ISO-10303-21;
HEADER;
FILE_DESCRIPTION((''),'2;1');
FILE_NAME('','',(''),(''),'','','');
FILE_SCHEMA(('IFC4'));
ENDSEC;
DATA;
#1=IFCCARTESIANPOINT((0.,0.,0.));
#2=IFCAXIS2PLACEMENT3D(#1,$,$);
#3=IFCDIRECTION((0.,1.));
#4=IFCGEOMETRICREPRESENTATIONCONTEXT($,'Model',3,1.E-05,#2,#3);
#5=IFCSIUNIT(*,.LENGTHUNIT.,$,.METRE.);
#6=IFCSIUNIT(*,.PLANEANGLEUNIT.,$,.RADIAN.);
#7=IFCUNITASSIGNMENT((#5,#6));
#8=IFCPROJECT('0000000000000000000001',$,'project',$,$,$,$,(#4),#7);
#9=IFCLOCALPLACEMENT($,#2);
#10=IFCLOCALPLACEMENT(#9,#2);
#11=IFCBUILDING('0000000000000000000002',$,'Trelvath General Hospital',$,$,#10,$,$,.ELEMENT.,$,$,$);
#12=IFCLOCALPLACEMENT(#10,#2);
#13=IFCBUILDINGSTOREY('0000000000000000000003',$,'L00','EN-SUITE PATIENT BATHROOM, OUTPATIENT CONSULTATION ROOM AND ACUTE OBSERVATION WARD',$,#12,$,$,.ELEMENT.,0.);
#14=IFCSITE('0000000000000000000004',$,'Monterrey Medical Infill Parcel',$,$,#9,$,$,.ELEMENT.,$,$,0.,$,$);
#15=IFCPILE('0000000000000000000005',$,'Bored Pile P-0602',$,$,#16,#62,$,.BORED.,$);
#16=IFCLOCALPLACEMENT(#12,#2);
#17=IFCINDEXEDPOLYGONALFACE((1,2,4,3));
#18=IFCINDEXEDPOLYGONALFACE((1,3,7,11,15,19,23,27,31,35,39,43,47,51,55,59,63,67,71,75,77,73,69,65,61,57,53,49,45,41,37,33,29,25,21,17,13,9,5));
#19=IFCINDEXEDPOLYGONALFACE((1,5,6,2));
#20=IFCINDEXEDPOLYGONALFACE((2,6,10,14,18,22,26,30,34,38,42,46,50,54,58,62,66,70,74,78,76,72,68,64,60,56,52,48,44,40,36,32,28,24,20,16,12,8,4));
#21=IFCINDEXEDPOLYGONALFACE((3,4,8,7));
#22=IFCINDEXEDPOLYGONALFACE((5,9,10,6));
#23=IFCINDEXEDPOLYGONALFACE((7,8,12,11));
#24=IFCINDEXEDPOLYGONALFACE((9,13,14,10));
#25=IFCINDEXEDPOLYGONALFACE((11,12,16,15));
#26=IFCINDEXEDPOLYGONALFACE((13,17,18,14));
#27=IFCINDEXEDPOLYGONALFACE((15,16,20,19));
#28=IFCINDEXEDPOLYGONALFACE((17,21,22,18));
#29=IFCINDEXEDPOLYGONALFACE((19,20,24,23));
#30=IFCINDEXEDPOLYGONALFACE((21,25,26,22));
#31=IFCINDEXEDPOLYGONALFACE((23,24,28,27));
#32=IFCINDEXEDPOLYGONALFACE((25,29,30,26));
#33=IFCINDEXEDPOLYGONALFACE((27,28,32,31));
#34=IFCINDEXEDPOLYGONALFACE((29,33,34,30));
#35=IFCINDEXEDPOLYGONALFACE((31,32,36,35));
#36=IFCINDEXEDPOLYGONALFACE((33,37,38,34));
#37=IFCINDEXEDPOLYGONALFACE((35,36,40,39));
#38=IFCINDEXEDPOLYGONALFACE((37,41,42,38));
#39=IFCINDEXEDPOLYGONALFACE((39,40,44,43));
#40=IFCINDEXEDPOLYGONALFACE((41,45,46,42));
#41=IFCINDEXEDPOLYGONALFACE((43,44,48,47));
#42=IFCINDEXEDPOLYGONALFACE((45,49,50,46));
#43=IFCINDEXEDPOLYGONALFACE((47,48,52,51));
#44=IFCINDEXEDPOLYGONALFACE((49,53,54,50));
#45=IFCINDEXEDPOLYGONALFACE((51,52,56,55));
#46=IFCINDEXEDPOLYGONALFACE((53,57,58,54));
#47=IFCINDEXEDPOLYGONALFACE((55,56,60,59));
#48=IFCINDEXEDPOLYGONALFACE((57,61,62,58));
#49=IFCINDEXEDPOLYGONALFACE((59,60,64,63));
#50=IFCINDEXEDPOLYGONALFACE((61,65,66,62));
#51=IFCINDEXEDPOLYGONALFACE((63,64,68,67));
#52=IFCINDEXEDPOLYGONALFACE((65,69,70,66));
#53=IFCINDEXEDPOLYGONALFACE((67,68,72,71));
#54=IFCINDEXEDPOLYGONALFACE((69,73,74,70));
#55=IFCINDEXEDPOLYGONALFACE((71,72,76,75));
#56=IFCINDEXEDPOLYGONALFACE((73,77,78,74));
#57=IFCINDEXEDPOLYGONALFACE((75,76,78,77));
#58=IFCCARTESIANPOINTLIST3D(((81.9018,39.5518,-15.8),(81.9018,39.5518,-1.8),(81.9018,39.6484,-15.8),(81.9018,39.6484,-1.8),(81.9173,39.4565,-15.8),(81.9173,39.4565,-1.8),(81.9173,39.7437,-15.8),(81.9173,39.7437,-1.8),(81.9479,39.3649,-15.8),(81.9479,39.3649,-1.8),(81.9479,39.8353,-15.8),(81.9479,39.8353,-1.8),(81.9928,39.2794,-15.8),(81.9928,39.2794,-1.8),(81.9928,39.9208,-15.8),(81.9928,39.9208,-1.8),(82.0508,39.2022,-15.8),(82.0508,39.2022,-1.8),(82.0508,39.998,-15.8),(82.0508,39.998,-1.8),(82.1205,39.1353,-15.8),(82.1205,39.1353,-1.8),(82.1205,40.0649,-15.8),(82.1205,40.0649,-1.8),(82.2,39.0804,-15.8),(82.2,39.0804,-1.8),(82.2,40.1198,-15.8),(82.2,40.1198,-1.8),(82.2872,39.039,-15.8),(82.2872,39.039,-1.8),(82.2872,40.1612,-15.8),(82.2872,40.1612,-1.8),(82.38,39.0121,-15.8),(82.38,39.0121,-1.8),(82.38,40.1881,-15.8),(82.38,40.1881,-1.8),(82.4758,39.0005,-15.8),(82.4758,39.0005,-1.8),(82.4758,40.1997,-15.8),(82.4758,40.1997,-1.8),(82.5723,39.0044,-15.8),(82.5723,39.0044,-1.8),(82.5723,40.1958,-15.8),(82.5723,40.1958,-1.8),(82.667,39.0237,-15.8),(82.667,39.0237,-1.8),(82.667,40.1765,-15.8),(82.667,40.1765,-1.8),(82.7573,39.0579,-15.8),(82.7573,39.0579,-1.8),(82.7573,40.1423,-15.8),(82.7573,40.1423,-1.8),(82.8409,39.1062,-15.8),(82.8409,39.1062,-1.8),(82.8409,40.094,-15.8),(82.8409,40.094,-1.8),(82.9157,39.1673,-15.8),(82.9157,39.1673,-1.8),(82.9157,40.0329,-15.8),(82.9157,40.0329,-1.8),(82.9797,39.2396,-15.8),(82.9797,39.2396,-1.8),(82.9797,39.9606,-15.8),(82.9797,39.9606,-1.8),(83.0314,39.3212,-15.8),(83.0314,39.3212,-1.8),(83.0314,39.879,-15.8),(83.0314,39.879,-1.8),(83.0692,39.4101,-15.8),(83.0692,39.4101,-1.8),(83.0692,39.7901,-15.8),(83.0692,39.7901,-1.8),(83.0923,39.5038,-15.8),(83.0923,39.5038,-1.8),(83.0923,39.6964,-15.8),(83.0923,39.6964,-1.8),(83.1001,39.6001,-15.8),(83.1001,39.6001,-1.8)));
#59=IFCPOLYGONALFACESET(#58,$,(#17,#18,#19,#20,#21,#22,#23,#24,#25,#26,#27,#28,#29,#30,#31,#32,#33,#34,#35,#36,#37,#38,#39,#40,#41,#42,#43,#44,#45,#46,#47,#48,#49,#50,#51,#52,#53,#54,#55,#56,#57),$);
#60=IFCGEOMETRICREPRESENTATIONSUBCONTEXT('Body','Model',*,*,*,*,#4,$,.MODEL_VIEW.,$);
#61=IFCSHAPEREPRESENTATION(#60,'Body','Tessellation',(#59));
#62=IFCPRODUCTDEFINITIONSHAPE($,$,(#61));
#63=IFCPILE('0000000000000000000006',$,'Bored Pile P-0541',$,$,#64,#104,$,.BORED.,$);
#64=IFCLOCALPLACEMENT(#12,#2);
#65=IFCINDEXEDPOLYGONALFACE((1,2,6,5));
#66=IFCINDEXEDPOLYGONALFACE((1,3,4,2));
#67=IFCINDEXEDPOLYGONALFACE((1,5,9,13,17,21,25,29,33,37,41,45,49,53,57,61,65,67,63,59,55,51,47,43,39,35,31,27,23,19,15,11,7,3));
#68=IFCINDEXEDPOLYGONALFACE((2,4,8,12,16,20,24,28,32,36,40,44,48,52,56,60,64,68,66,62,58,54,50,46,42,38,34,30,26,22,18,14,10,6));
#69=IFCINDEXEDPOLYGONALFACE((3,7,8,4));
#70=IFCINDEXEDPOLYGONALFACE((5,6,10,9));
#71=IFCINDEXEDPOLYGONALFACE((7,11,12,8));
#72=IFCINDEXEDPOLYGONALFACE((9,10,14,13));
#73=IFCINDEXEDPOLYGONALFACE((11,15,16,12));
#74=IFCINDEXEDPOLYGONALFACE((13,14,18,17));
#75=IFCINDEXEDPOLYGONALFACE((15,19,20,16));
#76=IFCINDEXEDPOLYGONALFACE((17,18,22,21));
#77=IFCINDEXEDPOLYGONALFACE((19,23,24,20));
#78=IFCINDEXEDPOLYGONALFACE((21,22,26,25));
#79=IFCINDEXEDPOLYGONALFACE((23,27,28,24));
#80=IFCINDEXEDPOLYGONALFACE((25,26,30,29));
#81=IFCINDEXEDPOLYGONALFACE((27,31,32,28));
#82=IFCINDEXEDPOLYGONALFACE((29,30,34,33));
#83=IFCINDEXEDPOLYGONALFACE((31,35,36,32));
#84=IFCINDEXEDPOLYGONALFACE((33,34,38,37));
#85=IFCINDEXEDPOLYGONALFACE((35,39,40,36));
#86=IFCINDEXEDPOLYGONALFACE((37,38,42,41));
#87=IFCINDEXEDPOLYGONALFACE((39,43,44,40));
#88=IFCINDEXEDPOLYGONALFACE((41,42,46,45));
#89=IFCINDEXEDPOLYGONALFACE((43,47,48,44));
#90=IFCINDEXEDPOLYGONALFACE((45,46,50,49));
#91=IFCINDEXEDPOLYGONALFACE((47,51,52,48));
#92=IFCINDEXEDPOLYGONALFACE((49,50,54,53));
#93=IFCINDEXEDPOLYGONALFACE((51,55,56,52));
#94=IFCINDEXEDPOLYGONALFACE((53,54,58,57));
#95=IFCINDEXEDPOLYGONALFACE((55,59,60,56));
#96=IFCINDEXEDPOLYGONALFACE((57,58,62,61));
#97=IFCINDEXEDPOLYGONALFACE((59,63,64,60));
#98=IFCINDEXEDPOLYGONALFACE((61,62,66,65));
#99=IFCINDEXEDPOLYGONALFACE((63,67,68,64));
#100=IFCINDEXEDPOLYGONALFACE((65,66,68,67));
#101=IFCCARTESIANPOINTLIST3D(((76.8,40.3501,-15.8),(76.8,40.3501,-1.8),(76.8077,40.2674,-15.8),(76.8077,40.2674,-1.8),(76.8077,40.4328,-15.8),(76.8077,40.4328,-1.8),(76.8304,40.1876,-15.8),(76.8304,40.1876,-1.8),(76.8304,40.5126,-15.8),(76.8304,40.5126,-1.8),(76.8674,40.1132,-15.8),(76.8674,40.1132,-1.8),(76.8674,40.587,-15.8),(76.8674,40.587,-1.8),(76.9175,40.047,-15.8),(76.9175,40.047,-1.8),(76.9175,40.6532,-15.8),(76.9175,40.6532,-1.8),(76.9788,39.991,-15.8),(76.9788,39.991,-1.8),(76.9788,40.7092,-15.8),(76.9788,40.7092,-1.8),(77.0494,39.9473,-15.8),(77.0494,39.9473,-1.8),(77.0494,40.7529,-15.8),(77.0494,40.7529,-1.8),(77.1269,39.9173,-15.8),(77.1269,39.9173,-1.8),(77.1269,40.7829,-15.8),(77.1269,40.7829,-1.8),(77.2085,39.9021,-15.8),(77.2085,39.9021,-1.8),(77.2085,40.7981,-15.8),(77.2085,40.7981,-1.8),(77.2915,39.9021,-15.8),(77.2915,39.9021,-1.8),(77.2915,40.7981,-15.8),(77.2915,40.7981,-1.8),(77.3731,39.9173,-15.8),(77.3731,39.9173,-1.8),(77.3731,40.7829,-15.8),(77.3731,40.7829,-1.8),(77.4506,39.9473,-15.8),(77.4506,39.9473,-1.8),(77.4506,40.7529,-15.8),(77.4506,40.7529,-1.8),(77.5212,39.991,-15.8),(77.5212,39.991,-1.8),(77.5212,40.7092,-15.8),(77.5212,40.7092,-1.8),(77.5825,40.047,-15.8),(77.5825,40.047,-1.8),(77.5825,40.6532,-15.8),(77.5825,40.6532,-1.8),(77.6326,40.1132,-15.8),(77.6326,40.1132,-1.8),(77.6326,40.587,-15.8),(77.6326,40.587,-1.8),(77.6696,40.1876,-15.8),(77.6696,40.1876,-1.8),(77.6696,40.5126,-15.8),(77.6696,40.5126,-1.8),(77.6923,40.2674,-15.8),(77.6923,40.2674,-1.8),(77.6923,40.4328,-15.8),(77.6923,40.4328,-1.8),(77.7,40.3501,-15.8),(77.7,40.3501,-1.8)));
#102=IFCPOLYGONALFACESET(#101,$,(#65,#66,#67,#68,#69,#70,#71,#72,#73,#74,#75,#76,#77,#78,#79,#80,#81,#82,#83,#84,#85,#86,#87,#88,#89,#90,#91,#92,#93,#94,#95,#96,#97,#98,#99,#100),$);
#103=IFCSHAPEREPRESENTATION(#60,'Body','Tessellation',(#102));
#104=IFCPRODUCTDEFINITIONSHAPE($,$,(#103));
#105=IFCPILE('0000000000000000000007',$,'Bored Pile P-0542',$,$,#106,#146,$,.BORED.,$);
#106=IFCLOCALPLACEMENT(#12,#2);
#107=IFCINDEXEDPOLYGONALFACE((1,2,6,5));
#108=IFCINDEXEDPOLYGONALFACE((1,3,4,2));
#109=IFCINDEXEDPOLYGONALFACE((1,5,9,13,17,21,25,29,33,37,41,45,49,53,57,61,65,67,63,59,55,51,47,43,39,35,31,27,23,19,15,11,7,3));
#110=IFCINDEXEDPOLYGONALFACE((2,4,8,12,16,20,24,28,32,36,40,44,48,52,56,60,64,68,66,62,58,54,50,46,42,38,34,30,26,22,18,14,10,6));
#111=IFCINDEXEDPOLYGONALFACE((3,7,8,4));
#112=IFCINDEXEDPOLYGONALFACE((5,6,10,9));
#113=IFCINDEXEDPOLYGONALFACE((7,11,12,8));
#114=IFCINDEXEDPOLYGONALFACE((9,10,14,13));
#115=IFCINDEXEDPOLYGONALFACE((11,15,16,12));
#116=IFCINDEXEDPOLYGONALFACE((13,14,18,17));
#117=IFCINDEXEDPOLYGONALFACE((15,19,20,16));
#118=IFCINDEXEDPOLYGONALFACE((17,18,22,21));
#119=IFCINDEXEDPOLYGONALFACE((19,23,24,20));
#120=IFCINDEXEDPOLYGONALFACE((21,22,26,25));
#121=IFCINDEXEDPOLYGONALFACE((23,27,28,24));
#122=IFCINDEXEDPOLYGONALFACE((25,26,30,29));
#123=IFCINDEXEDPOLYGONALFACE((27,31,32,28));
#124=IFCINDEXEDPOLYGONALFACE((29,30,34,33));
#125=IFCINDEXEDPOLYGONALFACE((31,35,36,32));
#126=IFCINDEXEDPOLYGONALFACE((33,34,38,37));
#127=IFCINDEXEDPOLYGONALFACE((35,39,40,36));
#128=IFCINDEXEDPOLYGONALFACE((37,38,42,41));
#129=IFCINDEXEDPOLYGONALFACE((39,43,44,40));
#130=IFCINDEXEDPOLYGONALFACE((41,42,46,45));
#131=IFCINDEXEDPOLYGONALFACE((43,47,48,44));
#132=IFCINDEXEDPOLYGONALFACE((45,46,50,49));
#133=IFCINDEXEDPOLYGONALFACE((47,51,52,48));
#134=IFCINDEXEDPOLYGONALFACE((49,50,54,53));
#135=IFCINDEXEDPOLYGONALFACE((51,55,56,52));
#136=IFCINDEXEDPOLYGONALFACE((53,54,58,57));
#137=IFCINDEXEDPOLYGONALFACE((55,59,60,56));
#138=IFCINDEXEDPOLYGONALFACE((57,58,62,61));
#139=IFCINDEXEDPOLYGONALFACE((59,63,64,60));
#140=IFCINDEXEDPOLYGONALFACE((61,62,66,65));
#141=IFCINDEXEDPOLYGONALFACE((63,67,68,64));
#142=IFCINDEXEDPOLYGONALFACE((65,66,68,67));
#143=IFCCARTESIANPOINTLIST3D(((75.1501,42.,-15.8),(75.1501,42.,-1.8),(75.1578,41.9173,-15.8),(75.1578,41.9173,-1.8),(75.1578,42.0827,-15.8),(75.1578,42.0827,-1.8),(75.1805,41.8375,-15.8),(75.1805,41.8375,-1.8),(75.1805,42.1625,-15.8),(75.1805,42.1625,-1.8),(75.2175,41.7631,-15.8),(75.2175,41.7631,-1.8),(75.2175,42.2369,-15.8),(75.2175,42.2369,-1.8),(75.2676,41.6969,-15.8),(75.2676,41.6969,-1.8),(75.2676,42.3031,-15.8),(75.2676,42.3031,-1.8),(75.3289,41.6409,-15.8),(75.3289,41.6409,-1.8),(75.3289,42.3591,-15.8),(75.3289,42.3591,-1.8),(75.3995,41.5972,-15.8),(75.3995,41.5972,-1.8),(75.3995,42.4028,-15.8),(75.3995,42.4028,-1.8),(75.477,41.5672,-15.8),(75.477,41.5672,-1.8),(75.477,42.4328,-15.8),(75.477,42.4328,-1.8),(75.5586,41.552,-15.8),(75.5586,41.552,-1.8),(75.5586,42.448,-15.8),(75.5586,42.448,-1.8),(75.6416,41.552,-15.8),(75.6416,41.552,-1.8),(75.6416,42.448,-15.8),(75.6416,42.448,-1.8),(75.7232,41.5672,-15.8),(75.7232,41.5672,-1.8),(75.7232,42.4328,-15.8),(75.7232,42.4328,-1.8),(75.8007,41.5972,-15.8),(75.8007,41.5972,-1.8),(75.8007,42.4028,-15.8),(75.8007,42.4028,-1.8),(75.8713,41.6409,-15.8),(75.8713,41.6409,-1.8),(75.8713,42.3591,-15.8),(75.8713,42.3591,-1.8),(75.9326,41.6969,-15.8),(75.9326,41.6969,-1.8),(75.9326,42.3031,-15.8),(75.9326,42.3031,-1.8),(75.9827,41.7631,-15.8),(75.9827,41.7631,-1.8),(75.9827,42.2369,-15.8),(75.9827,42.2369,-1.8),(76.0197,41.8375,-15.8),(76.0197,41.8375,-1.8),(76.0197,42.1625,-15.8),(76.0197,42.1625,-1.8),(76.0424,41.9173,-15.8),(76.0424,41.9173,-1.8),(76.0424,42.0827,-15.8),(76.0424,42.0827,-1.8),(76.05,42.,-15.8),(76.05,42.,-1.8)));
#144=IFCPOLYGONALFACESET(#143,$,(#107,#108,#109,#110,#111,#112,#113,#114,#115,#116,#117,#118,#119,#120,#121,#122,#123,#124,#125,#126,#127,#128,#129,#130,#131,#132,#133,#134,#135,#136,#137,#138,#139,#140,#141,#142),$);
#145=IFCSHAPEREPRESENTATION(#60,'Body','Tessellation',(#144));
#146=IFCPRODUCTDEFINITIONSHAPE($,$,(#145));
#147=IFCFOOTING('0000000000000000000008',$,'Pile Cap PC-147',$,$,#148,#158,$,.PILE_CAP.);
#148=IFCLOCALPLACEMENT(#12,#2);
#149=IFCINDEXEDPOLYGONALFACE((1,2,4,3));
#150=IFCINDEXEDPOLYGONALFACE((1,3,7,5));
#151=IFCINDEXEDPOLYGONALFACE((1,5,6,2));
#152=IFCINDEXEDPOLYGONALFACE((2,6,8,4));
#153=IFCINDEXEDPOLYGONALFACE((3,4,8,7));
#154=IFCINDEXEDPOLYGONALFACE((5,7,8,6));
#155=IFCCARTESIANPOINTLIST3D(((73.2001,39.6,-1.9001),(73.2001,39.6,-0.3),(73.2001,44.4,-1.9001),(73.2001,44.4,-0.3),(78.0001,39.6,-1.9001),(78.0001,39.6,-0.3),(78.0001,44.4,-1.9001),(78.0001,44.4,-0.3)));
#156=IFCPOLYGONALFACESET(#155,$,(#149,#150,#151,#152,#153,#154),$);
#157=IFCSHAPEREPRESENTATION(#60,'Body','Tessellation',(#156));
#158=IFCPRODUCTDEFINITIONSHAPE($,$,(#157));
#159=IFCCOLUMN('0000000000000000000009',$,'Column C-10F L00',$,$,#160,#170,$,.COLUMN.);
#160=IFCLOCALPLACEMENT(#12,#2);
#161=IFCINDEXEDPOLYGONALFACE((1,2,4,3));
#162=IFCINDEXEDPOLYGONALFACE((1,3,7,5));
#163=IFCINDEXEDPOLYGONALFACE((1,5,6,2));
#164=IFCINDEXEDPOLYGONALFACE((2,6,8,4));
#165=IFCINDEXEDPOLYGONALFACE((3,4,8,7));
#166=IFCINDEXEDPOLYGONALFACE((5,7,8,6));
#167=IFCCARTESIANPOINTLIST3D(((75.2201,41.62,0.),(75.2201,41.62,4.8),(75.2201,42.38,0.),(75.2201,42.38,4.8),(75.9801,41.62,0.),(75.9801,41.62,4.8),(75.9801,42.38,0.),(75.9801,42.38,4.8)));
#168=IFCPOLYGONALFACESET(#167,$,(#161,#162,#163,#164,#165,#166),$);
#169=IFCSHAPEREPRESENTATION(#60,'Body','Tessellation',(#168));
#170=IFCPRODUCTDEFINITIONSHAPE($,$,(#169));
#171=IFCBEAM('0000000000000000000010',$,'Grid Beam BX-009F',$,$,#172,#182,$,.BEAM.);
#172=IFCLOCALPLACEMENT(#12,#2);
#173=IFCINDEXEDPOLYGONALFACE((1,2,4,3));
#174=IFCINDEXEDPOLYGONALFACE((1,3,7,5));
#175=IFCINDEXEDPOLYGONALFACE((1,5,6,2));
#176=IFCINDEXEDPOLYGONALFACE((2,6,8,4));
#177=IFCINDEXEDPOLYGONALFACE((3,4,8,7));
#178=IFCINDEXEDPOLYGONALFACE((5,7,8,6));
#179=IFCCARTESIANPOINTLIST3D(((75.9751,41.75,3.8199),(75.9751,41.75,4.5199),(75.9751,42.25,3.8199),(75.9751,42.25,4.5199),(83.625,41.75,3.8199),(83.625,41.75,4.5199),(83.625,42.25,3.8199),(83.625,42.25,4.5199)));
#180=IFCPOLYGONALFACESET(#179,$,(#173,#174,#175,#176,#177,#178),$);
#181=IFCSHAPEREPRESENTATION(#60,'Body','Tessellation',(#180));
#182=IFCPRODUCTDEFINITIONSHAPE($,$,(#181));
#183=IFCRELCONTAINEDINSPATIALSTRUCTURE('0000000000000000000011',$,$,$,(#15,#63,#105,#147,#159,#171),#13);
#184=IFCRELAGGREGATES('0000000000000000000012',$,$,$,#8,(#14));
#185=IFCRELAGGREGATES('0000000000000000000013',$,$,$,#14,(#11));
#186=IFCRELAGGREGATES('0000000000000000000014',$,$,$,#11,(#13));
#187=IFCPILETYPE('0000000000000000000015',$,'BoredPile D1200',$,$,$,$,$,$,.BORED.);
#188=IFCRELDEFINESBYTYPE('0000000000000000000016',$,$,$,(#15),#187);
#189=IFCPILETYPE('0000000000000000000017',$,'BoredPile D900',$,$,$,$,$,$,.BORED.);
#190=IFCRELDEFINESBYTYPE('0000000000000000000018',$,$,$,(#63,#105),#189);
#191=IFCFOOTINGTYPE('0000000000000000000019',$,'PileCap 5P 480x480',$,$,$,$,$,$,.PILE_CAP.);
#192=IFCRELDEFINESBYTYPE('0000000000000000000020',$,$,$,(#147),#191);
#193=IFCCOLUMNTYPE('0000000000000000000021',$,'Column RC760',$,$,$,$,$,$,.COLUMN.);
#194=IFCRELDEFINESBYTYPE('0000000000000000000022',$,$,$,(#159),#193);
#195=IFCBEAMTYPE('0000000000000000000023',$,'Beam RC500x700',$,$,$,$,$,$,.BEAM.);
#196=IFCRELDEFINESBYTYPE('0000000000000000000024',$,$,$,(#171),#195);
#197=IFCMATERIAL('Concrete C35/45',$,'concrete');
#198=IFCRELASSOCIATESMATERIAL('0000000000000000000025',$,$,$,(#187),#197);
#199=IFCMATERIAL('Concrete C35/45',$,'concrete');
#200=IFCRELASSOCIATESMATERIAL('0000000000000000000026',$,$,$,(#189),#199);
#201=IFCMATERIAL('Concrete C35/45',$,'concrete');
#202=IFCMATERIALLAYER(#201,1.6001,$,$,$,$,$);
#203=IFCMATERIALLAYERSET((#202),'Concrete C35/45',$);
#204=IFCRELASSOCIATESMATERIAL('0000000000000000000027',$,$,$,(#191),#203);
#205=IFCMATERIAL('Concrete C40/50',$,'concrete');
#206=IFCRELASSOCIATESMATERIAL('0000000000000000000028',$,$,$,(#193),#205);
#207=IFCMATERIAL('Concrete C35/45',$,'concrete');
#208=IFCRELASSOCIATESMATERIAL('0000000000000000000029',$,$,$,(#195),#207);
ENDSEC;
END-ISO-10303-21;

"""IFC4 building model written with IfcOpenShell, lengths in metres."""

from ifc_helpers import new_model, si_unit, direction, frame, origin, origin_2d, place, context, subcontext, project, spatial, rectangle, circle, extrude, material, layer, layer_set, material_profile, profile_set, type_object, element, save


model = new_model("IFC4")

# Units and contexts
model_context = context("Model", 3, precision=1e-05, world=origin(), true_north=direction((0.0, 1.0)))
body_context = subcontext(model_context, "Body", "Model", "MODEL_VIEW")
ifc_project = project(units=[si_unit("LENGTHUNIT", "METRE"), si_unit("PLANEANGLEUNIT", "RADIAN")], contexts=[model_context])

# Site, building, storey
site_placement = place(None, origin())
site = spatial("IfcSite", under=ifc_project, at=site_placement, Name="Monterrey Medical Infill Parcel", CompositionType="ELEMENT", RefElevation=0.0)
building_placement = place(site_placement, origin())
building = spatial("IfcBuilding", under=site, at=building_placement, Name="Trelvath General Hospital", CompositionType="ELEMENT")
storey_placement = place(building_placement, origin())
storey = spatial("IfcBuildingStorey", under=building, at=storey_placement, Name="L00", Description="EN-SUITE PATIENT BATHROOM, OUTPATIENT CONSULTATION ROOM AND ACUTE OBSERVATION WARD", CompositionType="ELEMENT", Elevation=0.0)

# Piles
ifc_material_1 = material(Name="Concrete C35/45", Category="concrete")
ifc_material_profile_1 = material_profile(ifc_material_1, circle(Radius=0.6001, at=origin_2d()), Name="PILE1200")
ifc_profile_set_1 = profile_set([ifc_material_profile_1], Name="Concrete C35/45")
pile_type_1 = type_object("IfcPileType", Name="BoredPile D1200", PredefinedType="BORED", material=ifc_profile_set_1)
pile_placement = place(storey_placement, frame((82.5, 39.6001, -1.8), z_axis=(0.0, 0.0, -1.0), x_axis=(1.0, 0.0, 0.0)))
element("IfcPile", 1, at=pile_placement, inside=storey, type_object=pile_type_1, Name="Bored Pile P-0602", PredefinedType="BORED", context=body_context, shape_type="SweptSolid", body=[
    extrude(circle(Radius=0.6001, at=origin_2d()), origin(), (0.0, 0.0, 1.0), 14.0),
])
ifc_material_2 = material(Name="Concrete C35/45", Category="concrete")
ifc_material_profile_2 = material_profile(ifc_material_2, circle(Radius=0.45, at=origin_2d()), Name="PILE900")
ifc_profile_set_2 = profile_set([ifc_material_profile_2], Name="Concrete C35/45")
pile_type_2 = type_object("IfcPileType", Name="BoredPile D900", PredefinedType="BORED", material=ifc_profile_set_2)
for number, where, z_axis, x_axis, name in (
    (2, (77.25, 40.3501, -1.8), (0.0, 0.0, -1.0), (1.0, 0.0, 0.0), "Bored Pile P-0541"),
    (3, (75.6001, 42.0, -1.8), (0.0, 0.0, -1.0), (1.0, 0.0, 0.0), "Bored Pile P-0542"),
):
    element("IfcPile", number, at=place(storey_placement, frame(where, z_axis=z_axis, x_axis=x_axis)), inside=storey, type_object=pile_type_2, Name=name, PredefinedType="BORED", context=body_context, shape_type="SweptSolid", body=[
        extrude(circle(Radius=0.45, at=origin_2d()), origin(), (0.0, 0.0, 1.0), 14.0),
    ])

# Footing
ifc_material_3 = material(Name="Concrete C35/45", Category="concrete")
ifc_layer_1 = layer(ifc_material_3, 1.6001)
ifc_layer_set_1 = layer_set([ifc_layer_1], Name="Concrete C35/45")
footing_type = type_object("IfcFootingType", Name="PileCap 5P 480x480", PredefinedType="PILE_CAP", material=ifc_layer_set_1)
footing_placement = place(storey_placement, frame((75.6001, 42.0, -1.9001), z_axis=(0.0, 0.0, 1.0), x_axis=(1.0, 0.0, 0.0)))
element("IfcFooting", 4, at=footing_placement, inside=storey, type_object=footing_type, Name="Pile Cap PC-147", PredefinedType="PILE_CAP", context=body_context, shape_type="SweptSolid", body=[
    extrude(rectangle(XDim=4.8, YDim=4.8, at=origin_2d()), origin(), (0.0, 0.0, 1.0), 1.6001),
])

# Column
ifc_material_4 = material(Name="Concrete C40/50", Category="concrete")
ifc_material_profile_3 = material_profile(ifc_material_4, rectangle(XDim=0.76, YDim=0.76, at=origin_2d()), Name="RC760x760")
ifc_profile_set_3 = profile_set([ifc_material_profile_3], Name="Concrete C40/50")
column_type = type_object("IfcColumnType", Name="Column RC760", PredefinedType="COLUMN", material=ifc_profile_set_3)
column_placement = place(storey_placement, frame((75.6001, 42.0, 0.0), z_axis=(0.0, 0.0, 1.0), x_axis=(1.0, 0.0, 0.0)))
element("IfcColumn", 5, at=column_placement, inside=storey, type_object=column_type, Name="Column C-10F L00", PredefinedType="COLUMN", context=body_context, shape_type="SweptSolid", body=[
    extrude(rectangle(XDim=0.76, YDim=0.76, at=origin_2d()), origin(), (0.0, 0.0, 1.0), 4.8),
])

# Beam
ifc_material_5 = material(Name="Concrete C35/45", Category="concrete")
ifc_material_profile_4 = material_profile(ifc_material_5, rectangle(XDim=0.5, YDim=0.7, at=origin_2d()), Name="RCB500x700")
ifc_profile_set_4 = profile_set([ifc_material_profile_4], Name="Concrete C35/45")
beam_type = type_object("IfcBeamType", Name="Beam RC500x700", PredefinedType="BEAM", material=ifc_profile_set_4)
beam_placement = place(storey_placement, frame((75.9751, 42.0, 4.1699), z_axis=(1.0, 0.0, 0.0), x_axis=(0.0, 1.0, 0.0)))
element("IfcBeam", 6, at=beam_placement, inside=storey, type_object=beam_type, Name="Grid Beam BX-009F", PredefinedType="BEAM", context=body_context, shape_type="SweptSolid", body=[
    extrude(rectangle(XDim=0.5, YDim=0.7, at=origin_2d()), origin(), (0.0, 0.0, 1.0), 7.6499),
])

save(model, "model.ifc")
